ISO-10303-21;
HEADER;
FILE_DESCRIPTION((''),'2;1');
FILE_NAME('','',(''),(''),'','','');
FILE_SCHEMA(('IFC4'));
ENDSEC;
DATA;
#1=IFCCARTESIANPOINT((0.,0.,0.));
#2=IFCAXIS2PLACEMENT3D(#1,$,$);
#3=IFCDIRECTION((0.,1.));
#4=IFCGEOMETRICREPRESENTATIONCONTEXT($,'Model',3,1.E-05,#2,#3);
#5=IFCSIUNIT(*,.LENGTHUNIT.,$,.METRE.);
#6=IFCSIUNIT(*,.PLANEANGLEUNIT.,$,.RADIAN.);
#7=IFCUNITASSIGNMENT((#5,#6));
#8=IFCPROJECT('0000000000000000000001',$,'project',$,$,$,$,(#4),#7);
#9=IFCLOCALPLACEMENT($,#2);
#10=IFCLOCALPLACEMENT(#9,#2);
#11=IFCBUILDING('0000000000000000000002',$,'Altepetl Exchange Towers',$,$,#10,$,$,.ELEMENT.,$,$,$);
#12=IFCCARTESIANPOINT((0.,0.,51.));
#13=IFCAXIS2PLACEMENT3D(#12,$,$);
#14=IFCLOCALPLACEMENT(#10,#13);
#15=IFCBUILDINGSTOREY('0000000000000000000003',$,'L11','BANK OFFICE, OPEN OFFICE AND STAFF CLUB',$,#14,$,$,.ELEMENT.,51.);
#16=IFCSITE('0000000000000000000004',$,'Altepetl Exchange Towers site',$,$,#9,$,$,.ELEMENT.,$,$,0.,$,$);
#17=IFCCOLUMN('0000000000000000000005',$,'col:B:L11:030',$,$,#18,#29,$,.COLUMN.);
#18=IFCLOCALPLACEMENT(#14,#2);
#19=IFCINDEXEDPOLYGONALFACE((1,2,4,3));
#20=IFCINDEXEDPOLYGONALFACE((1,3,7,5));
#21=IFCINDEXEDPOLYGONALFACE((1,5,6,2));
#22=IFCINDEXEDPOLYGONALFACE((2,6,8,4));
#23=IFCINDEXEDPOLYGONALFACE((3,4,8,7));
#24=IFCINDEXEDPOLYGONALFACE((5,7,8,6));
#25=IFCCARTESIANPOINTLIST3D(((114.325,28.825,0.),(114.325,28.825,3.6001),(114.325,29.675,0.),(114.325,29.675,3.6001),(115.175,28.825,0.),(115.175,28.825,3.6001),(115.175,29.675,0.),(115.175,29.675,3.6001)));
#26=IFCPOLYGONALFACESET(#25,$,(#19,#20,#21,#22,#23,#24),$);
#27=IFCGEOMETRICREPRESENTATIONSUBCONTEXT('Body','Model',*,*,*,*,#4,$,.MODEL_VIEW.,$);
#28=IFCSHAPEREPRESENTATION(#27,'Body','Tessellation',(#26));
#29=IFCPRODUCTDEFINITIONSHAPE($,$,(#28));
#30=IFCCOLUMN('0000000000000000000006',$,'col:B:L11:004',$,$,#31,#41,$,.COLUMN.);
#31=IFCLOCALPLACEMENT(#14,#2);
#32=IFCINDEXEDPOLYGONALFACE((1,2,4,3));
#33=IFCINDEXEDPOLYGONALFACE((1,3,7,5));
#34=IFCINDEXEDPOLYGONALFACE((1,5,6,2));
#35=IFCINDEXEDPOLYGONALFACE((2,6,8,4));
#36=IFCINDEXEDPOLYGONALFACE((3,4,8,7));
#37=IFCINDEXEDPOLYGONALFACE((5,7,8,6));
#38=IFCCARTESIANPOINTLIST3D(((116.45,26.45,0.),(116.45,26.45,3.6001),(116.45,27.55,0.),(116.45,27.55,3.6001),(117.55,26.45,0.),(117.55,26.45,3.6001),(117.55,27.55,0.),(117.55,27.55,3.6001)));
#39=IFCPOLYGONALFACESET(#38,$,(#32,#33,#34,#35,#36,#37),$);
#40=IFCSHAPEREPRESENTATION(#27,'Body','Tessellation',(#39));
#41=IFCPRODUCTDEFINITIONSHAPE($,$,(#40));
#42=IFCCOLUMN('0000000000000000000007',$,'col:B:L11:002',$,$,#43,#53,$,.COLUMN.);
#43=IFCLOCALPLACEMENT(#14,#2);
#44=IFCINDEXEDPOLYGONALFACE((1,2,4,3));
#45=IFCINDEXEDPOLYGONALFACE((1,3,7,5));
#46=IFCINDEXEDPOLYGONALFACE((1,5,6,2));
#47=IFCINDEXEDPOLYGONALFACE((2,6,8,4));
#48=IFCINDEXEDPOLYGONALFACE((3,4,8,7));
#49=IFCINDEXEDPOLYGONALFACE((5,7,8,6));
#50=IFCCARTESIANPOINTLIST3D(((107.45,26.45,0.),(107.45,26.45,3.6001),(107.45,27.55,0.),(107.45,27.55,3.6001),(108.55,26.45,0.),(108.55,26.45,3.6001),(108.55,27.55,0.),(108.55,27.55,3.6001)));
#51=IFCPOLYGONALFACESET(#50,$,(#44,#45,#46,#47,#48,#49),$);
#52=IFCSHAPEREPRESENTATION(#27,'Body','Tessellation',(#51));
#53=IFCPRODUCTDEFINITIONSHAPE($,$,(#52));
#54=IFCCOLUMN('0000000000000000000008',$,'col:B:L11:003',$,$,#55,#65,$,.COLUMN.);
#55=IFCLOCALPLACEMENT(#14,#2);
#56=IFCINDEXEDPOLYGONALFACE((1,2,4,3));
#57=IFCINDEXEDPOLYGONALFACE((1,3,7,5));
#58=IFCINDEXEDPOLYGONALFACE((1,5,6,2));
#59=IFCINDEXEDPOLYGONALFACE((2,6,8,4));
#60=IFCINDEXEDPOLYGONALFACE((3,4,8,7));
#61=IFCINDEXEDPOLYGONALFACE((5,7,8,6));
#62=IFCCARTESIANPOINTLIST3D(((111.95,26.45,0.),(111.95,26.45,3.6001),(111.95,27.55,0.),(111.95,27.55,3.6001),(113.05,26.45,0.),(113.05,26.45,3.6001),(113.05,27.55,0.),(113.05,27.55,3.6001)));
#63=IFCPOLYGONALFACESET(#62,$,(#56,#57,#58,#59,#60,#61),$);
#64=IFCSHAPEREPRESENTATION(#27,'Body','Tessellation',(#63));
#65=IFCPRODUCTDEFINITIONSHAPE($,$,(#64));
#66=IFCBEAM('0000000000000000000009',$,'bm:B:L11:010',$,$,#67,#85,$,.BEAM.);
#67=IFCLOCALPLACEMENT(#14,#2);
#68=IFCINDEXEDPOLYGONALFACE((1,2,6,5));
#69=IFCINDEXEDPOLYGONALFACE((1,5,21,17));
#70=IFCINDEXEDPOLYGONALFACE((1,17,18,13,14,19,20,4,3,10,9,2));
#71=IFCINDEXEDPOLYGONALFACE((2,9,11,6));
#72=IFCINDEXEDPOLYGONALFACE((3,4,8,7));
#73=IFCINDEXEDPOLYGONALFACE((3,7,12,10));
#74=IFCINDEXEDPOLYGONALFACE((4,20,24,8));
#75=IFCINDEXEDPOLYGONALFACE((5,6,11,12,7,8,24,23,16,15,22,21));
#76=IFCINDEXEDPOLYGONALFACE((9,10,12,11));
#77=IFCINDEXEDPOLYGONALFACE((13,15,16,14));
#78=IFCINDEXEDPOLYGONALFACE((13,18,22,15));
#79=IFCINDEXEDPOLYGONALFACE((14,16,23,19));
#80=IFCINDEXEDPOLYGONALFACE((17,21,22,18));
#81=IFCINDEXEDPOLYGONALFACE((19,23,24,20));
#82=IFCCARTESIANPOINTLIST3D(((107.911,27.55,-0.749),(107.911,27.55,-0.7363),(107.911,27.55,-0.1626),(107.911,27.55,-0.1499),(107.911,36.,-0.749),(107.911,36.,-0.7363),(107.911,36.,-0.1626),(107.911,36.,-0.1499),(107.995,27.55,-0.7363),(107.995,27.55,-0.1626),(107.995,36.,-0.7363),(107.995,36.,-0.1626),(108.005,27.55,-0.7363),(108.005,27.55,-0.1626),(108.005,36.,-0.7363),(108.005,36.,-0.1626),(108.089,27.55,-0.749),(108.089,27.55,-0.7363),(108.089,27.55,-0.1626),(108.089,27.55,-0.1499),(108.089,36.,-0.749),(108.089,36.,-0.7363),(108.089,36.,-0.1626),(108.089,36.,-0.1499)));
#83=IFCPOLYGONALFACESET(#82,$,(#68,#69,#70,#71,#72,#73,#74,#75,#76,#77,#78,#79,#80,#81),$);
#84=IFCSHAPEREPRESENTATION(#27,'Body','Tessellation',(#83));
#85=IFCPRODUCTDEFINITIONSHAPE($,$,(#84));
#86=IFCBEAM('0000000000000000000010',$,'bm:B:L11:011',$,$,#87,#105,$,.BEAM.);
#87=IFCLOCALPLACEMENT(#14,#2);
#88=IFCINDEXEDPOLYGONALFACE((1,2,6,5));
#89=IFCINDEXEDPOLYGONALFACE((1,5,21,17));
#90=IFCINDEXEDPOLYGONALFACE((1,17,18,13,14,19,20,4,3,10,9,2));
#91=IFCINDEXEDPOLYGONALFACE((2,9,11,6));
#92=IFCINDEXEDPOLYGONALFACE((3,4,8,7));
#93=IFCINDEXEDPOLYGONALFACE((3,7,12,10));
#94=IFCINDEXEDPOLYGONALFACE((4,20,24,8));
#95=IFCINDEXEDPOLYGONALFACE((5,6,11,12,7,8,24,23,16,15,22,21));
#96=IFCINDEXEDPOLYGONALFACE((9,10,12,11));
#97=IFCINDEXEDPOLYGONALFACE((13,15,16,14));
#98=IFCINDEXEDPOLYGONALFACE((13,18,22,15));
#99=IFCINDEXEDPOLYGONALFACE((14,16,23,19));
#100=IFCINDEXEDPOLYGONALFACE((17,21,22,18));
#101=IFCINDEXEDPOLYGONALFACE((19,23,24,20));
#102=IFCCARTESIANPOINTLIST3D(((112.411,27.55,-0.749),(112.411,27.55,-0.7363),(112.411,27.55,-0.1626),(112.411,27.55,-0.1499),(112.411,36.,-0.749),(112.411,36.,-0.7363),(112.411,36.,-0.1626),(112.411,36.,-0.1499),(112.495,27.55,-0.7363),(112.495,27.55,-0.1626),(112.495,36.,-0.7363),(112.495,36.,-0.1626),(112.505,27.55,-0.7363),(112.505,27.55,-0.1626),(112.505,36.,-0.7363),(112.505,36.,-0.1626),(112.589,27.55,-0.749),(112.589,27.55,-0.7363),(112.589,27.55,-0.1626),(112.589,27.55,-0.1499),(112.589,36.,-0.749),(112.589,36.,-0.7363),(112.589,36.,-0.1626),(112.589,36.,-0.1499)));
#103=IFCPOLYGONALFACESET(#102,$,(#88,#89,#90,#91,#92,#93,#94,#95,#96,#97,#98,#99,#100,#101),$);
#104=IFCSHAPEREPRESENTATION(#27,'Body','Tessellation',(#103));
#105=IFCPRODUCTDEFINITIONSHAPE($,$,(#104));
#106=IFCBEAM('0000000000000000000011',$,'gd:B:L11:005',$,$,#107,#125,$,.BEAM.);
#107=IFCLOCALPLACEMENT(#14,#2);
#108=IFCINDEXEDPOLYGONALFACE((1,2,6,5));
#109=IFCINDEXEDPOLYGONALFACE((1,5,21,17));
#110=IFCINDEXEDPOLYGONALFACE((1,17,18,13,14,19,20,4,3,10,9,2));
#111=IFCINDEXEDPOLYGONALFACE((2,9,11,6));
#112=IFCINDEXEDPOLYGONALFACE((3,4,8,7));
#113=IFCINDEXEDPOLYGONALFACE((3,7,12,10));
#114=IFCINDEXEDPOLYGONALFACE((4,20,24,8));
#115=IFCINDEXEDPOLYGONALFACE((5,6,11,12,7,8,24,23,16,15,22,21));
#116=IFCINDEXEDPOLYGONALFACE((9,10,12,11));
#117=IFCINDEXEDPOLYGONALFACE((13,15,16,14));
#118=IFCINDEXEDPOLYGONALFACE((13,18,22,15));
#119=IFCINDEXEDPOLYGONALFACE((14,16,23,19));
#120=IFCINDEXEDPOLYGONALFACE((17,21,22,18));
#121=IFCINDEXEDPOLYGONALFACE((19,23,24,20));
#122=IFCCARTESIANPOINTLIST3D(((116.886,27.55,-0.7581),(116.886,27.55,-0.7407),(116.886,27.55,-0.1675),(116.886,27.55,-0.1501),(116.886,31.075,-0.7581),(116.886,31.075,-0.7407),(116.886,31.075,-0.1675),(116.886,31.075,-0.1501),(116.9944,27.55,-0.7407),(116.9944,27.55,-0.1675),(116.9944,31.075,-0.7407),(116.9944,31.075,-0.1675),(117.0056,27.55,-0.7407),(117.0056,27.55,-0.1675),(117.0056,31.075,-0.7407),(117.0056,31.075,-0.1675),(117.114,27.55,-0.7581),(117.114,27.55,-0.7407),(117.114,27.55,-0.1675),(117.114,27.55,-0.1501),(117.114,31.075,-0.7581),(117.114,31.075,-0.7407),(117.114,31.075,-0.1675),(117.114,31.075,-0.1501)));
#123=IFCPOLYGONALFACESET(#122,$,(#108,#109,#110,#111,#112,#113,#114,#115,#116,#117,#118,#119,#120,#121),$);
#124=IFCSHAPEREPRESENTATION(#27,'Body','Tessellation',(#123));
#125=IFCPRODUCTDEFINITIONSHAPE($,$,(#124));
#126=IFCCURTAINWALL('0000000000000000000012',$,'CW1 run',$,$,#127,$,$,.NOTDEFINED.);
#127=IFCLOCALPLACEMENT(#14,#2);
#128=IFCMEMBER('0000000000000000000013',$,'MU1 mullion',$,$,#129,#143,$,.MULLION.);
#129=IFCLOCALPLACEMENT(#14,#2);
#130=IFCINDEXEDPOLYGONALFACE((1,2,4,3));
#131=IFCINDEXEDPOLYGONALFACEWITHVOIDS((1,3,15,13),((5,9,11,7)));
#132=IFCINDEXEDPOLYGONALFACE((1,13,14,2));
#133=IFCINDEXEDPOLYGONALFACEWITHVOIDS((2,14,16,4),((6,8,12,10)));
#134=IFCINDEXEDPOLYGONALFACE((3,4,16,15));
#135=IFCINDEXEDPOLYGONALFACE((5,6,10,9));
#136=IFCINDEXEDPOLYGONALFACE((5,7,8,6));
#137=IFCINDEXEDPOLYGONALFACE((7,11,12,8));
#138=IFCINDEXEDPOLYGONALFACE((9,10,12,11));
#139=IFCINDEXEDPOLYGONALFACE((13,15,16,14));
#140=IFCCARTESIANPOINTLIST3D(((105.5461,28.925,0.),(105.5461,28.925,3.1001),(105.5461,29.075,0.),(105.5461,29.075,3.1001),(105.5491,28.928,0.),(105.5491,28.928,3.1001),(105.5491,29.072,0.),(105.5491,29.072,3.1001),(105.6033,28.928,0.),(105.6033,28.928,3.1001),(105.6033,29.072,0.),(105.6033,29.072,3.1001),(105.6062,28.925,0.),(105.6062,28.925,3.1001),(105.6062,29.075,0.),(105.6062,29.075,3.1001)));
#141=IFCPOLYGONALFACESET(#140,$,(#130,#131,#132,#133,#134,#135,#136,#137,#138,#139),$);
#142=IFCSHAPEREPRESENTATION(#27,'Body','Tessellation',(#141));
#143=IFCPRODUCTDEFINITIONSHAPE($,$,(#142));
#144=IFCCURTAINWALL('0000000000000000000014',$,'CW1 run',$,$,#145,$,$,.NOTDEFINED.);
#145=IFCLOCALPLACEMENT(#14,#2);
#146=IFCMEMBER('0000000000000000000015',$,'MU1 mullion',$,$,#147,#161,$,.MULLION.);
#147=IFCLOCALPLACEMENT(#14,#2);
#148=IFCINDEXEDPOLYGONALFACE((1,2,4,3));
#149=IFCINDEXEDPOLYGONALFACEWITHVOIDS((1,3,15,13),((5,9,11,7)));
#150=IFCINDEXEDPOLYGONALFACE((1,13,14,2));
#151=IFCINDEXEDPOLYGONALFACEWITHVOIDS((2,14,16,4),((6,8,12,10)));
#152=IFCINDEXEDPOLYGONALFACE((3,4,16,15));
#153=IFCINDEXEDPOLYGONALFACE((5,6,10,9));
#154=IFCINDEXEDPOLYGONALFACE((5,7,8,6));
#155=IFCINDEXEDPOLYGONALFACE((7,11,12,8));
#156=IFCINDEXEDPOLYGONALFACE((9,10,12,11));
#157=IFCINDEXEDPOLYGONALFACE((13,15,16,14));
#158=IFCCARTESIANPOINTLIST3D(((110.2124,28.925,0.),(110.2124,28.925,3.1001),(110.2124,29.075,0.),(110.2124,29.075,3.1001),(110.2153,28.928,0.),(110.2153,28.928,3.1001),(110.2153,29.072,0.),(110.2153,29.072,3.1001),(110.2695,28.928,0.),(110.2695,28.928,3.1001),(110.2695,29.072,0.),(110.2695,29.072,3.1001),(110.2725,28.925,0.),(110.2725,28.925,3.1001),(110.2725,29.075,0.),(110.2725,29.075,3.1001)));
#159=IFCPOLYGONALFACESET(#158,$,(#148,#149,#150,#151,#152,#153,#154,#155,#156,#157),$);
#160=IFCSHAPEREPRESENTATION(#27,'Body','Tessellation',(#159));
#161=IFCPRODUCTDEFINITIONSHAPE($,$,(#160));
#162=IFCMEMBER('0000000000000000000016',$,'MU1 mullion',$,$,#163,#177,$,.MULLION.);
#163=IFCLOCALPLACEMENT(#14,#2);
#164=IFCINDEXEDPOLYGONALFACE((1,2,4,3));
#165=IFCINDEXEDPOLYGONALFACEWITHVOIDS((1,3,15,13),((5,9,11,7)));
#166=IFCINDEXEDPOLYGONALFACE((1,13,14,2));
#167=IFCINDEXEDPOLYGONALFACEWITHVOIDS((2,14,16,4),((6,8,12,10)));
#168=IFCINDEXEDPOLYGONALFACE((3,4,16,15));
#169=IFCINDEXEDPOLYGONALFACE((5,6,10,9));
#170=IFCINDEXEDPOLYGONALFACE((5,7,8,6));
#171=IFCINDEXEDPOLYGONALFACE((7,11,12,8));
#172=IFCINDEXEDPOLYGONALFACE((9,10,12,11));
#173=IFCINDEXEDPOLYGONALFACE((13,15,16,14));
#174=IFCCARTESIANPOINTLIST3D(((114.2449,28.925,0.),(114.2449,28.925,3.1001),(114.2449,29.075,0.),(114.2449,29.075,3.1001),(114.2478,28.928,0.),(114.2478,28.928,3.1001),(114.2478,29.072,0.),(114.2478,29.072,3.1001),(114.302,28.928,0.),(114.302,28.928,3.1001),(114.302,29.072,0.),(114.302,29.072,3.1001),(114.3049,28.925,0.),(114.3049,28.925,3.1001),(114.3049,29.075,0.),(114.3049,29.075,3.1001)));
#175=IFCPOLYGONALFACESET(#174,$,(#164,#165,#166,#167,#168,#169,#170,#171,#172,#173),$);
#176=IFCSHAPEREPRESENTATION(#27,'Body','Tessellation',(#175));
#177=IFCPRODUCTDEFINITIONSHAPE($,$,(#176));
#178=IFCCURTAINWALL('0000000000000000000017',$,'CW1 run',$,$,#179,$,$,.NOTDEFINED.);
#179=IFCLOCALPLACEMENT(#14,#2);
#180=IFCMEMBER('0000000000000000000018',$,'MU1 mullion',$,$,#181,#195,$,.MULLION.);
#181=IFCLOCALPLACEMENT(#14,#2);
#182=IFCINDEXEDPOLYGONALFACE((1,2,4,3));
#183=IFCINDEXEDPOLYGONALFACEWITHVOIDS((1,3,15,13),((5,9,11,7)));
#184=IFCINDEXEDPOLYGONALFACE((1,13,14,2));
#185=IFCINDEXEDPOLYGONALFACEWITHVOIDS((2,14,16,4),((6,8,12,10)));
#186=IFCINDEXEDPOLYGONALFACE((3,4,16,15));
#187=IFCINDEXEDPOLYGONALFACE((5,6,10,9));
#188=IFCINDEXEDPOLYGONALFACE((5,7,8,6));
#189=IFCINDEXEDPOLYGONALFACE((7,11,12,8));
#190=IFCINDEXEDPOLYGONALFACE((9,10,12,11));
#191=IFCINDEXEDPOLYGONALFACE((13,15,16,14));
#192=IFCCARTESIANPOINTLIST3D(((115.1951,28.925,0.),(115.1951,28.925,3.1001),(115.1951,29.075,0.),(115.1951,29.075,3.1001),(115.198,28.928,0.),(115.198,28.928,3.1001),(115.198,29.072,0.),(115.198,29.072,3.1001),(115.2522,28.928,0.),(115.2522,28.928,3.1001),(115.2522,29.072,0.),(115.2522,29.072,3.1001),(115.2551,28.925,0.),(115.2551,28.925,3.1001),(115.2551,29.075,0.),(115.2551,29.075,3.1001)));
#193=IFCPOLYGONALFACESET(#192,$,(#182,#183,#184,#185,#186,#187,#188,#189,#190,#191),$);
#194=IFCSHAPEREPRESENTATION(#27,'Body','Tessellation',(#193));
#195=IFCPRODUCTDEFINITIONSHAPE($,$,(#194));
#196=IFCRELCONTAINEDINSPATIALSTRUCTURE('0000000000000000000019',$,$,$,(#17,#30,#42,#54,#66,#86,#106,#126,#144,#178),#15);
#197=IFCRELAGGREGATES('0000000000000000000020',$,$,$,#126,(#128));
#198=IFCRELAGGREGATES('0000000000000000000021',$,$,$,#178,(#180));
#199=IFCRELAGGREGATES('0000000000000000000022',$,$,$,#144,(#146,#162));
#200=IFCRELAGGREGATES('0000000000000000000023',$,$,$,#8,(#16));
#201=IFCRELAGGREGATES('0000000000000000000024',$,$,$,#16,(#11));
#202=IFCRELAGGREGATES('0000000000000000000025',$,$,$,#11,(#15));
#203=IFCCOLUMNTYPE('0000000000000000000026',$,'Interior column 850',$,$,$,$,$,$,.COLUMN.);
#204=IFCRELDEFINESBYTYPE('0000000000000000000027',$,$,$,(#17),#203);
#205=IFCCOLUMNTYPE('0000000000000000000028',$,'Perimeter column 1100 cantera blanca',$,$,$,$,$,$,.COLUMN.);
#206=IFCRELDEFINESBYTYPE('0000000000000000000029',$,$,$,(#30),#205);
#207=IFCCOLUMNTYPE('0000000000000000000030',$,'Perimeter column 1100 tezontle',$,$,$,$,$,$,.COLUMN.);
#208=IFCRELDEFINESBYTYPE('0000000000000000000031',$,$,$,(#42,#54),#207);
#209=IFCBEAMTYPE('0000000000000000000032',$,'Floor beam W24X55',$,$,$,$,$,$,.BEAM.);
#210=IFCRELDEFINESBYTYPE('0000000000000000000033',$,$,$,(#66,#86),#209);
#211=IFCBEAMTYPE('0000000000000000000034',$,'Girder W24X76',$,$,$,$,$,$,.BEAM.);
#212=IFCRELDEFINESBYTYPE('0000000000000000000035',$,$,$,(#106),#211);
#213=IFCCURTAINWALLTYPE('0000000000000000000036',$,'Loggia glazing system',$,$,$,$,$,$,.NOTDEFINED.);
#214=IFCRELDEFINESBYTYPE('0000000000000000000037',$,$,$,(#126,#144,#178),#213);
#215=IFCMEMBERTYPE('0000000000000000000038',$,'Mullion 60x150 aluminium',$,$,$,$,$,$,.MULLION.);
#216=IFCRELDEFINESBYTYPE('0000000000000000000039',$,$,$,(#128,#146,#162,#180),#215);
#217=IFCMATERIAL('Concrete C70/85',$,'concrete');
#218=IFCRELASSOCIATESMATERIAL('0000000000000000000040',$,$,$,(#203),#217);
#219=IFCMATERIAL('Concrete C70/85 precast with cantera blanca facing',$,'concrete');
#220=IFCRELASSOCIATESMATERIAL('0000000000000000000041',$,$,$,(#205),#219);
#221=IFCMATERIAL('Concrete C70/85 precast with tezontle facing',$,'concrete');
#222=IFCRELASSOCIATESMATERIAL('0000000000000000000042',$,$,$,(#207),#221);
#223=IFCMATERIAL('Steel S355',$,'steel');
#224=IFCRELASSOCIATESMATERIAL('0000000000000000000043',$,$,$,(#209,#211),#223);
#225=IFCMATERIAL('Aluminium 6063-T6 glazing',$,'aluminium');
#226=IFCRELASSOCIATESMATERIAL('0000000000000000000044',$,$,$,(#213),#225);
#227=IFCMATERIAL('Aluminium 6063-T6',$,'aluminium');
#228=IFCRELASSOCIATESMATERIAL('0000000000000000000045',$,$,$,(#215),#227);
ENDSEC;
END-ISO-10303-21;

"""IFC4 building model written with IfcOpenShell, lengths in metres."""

from ifc_helpers import new_model, si_unit, direction, frame, origin, origin_2d, place, context, subcontext, project, spatial, rectangle, hollow_rectangle, i_section, extrude, material, material_profile, profile_set, type_object, element, aggregate, save


model = new_model("IFC4")

# Units and contexts
model_context = context("Model", 3, precision=1e-05, world=origin(), true_north=direction((0.0, 1.0)))
body_context = subcontext(model_context, "Body", "Model", "MODEL_VIEW")
ifc_project = project(units=[si_unit("LENGTHUNIT", "METRE"), si_unit("PLANEANGLEUNIT", "RADIAN")], contexts=[model_context])

# Site, building, storey
site_placement = place(None, origin())
site = spatial("IfcSite", under=ifc_project, at=site_placement, Name="Altepetl Exchange Towers site", CompositionType="ELEMENT", RefElevation=0.0)
building_placement = place(site_placement, origin())
building = spatial("IfcBuilding", under=site, at=building_placement, Name="Altepetl Exchange Towers", CompositionType="ELEMENT")
storey_placement = place(building_placement, frame((0.0, 0.0, 51.0)))
storey = spatial("IfcBuildingStorey", under=building, at=storey_placement, Name="L11", Description="BANK OFFICE, OPEN OFFICE AND STAFF CLUB", CompositionType="ELEMENT", Elevation=51.0)

# Columns
ifc_material_1 = material(Name="Concrete C70/85", Category="concrete")
ifc_material_profile_1 = material_profile(ifc_material_1, rectangle(XDim=0.8501, YDim=0.8501, at=origin_2d()), Name="850 x 850")
ifc_profile_set_1 = profile_set([ifc_material_profile_1], Name="Concrete C70/85")
column_type_1 = type_object("IfcColumnType", Name="Interior column 850", PredefinedType="COLUMN", material=ifc_profile_set_1)
column_1_placement = place(storey_placement, frame((114.75, 29.25, 0.0)))
element("IfcColumn", 1, at=column_1_placement, inside=storey, type_object=column_type_1, Name="col:B:L11:030", PredefinedType="COLUMN", context=body_context, shape_type="SweptSolid", body=[
    extrude(rectangle(XDim=0.8501, YDim=0.8501, at=origin_2d()), origin(), (0.0, 0.0, 1.0), 3.6001),
])
ifc_material_2 = material(Name="Concrete C70/85 precast with cantera blanca facing", Category="concrete")
ifc_material_profile_2 = material_profile(ifc_material_2, rectangle(XDim=1.1001, YDim=1.1001, at=origin_2d()), Name="1100 x 1100")
ifc_profile_set_2 = profile_set([ifc_material_profile_2], Name="Concrete C70/85 precast with cantera blanca facing")
column_type_2 = type_object("IfcColumnType", Name="Perimeter column 1100 cantera blanca", PredefinedType="COLUMN", material=ifc_profile_set_2)
column_2_placement = place(storey_placement, frame((117.0, 27.0, 0.0)))
element("IfcColumn", 2, at=column_2_placement, inside=storey, type_object=column_type_2, Name="col:B:L11:004", PredefinedType="COLUMN", context=body_context, shape_type="SweptSolid", body=[
    extrude(rectangle(XDim=1.1001, YDim=1.1001, at=origin_2d()), origin(), (0.0, 0.0, 1.0), 3.6001),
])
ifc_material_3 = material(Name="Concrete C70/85 precast with tezontle facing", Category="concrete")
ifc_material_profile_3 = material_profile(ifc_material_3, rectangle(XDim=1.1001, YDim=1.1001, at=origin_2d()), Name="1100 x 1100")
ifc_profile_set_3 = profile_set([ifc_material_profile_3], Name="Concrete C70/85 precast with tezontle facing")
column_type_3 = type_object("IfcColumnType", Name="Perimeter column 1100 tezontle", PredefinedType="COLUMN", material=ifc_profile_set_3)
for number, where, name in (
    (3, (108.0, 27.0, 0.0), "col:B:L11:002"),
    (4, (112.5, 27.0, 0.0), "col:B:L11:003"),
):
    element("IfcColumn", number, at=place(storey_placement, frame(where)), inside=storey, type_object=column_type_3, Name=name, PredefinedType="COLUMN", context=body_context, shape_type="SweptSolid", body=[
        extrude(rectangle(XDim=1.1001, YDim=1.1001, at=origin_2d()), origin(), (0.0, 0.0, 1.0), 3.6001),
    ])

# Beams
ifc_material_4 = material(Name="Steel S355", Category="steel")
ifc_material_profile_4 = material_profile(ifc_material_4, i_section(OverallWidth=0.178, OverallDepth=0.5991, WebThickness=0.01, FlangeThickness=0.0127, at=origin_2d()), Name="W24X55")
ifc_profile_set_4 = profile_set([ifc_material_profile_4], Name="Steel S355")
beam_type_1 = type_object("IfcBeamType", Name="Floor beam W24X55", PredefinedType="BEAM", material=ifc_profile_set_4)
for number, where, z_axis, x_axis, name in (
    (5, (108.0, 27.55, -0.4495), (0.0, 1.0, 0.0), (-1.0, 0.0, 0.0), "bm:B:L11:010"),
    (6, (112.5, 27.55, -0.4495), (0.0, 1.0, 0.0), (-1.0, 0.0, 0.0), "bm:B:L11:011"),
):
    element("IfcBeam", number, at=place(storey_placement, frame(where, z_axis=z_axis, x_axis=x_axis)), inside=storey, type_object=beam_type_1, Name=name, PredefinedType="BEAM", context=body_context, shape_type="SweptSolid", body=[
        extrude(i_section(OverallWidth=0.178, OverallDepth=0.5991, WebThickness=0.01, FlangeThickness=0.0127, at=origin_2d()), origin(), (0.0, 0.0, 1.0), 8.45),
    ])
ifc_material_profile_5 = material_profile(ifc_material_4, i_section(OverallWidth=0.228, OverallDepth=0.6079, WebThickness=0.0112, FlangeThickness=0.0173, at=origin_2d()), Name="W24X76")
ifc_profile_set_5 = profile_set([ifc_material_profile_5], Name="Steel S355")
beam_type_2 = type_object("IfcBeamType", Name="Girder W24X76", PredefinedType="BEAM", material=ifc_profile_set_5)
beam_placement = place(storey_placement, frame((117.0, 31.075, -0.4541), z_axis=(0.0, -1.0, 0.0), x_axis=(1.0, 0.0, 0.0)))
element("IfcBeam", 7, at=beam_placement, inside=storey, type_object=beam_type_2, Name="gd:B:L11:005", PredefinedType="BEAM", context=body_context, shape_type="SweptSolid", body=[
    extrude(i_section(OverallWidth=0.228, OverallDepth=0.6079, WebThickness=0.0112, FlangeThickness=0.0173, at=origin_2d()), origin(), (0.0, 0.0, 1.0), 3.5249),
])

# Curtain wall, member
ifc_material_5 = material(Name="Aluminium 6063-T6 glazing", Category="aluminium")
curtain_wall_type = type_object("IfcCurtainWallType", Name="Loggia glazing system", PredefinedType="NOTDEFINED", material=ifc_material_5)
curtain_wall_1_placement = place(storey_placement, origin())
curtain_wall_1 = element("IfcCurtainWall", 8, at=curtain_wall_1_placement, inside=storey, type_object=curtain_wall_type, Name="CW1 run", PredefinedType="NOTDEFINED")
ifc_material_6 = material(Name="Aluminium 6063-T6", Category="aluminium")
ifc_material_profile_6 = material_profile(ifc_material_6, hollow_rectangle(XDim=0.0601, YDim=0.1499, WallThickness=0.0029, at=origin_2d()), Name="Mullion 60x150 aluminium")
ifc_profile_set_6 = profile_set([ifc_material_profile_6], Name="Aluminium 6063-T6")
member_type = type_object("IfcMemberType", Name="Mullion 60x150 aluminium", PredefinedType="MULLION", material=ifc_profile_set_6)
member_1_placement = place(storey_placement, frame((105.5762, 29.0, 0.0)))
member_1 = element("IfcMember", 9, at=member_1_placement, type_object=member_type, Name="MU1 mullion", PredefinedType="MULLION", context=body_context, shape_type="SweptSolid", body=[
    extrude(hollow_rectangle(XDim=0.0601, YDim=0.1499, WallThickness=0.0029, at=origin_2d()), origin(), (0.0, 0.0, 1.0), 3.1001),
])
aggregate(curtain_wall_1, [member_1])

# Curtain wall, members
curtain_wall_2_placement = place(storey_placement, origin())
curtain_wall_2 = element("IfcCurtainWall", 10, at=curtain_wall_2_placement, inside=storey, type_object=curtain_wall_type, Name="CW1 run", PredefinedType="NOTDEFINED")
member_2_placement = place(storey_placement, frame((110.2424, 29.0, 0.0)))
member_2 = element("IfcMember", 11, at=member_2_placement, type_object=member_type, Name="MU1 mullion", PredefinedType="MULLION", context=body_context, shape_type="SweptSolid", body=[
    extrude(hollow_rectangle(XDim=0.0601, YDim=0.1499, WallThickness=0.0029, at=origin_2d()), origin(), (0.0, 0.0, 1.0), 3.1001),
])
member_3_placement = place(storey_placement, frame((114.2749, 29.0, 0.0)))
member_3 = element("IfcMember", 12, at=member_3_placement, type_object=member_type, Name="MU1 mullion", PredefinedType="MULLION", context=body_context, shape_type="SweptSolid", body=[
    extrude(hollow_rectangle(XDim=0.0601, YDim=0.1499, WallThickness=0.0029, at=origin_2d()), origin(), (0.0, 0.0, 1.0), 3.1001),
])

# Curtain wall, member
curtain_wall_3_placement = place(storey_placement, origin())
curtain_wall_3 = element("IfcCurtainWall", 13, at=curtain_wall_3_placement, inside=storey, type_object=curtain_wall_type, Name="CW1 run", PredefinedType="NOTDEFINED")
member_4_placement = place(storey_placement, frame((115.2251, 29.0, 0.0)))
member_4 = element("IfcMember", 14, at=member_4_placement, type_object=member_type, Name="MU1 mullion", PredefinedType="MULLION", context=body_context, shape_type="SweptSolid", body=[
    extrude(hollow_rectangle(XDim=0.0601, YDim=0.1499, WallThickness=0.0029, at=origin_2d()), origin(), (0.0, 0.0, 1.0), 3.1001),
])
aggregate(curtain_wall_3, [member_4])

aggregate(curtain_wall_2, [member_2, member_3])

save(model, "model.ifc")
